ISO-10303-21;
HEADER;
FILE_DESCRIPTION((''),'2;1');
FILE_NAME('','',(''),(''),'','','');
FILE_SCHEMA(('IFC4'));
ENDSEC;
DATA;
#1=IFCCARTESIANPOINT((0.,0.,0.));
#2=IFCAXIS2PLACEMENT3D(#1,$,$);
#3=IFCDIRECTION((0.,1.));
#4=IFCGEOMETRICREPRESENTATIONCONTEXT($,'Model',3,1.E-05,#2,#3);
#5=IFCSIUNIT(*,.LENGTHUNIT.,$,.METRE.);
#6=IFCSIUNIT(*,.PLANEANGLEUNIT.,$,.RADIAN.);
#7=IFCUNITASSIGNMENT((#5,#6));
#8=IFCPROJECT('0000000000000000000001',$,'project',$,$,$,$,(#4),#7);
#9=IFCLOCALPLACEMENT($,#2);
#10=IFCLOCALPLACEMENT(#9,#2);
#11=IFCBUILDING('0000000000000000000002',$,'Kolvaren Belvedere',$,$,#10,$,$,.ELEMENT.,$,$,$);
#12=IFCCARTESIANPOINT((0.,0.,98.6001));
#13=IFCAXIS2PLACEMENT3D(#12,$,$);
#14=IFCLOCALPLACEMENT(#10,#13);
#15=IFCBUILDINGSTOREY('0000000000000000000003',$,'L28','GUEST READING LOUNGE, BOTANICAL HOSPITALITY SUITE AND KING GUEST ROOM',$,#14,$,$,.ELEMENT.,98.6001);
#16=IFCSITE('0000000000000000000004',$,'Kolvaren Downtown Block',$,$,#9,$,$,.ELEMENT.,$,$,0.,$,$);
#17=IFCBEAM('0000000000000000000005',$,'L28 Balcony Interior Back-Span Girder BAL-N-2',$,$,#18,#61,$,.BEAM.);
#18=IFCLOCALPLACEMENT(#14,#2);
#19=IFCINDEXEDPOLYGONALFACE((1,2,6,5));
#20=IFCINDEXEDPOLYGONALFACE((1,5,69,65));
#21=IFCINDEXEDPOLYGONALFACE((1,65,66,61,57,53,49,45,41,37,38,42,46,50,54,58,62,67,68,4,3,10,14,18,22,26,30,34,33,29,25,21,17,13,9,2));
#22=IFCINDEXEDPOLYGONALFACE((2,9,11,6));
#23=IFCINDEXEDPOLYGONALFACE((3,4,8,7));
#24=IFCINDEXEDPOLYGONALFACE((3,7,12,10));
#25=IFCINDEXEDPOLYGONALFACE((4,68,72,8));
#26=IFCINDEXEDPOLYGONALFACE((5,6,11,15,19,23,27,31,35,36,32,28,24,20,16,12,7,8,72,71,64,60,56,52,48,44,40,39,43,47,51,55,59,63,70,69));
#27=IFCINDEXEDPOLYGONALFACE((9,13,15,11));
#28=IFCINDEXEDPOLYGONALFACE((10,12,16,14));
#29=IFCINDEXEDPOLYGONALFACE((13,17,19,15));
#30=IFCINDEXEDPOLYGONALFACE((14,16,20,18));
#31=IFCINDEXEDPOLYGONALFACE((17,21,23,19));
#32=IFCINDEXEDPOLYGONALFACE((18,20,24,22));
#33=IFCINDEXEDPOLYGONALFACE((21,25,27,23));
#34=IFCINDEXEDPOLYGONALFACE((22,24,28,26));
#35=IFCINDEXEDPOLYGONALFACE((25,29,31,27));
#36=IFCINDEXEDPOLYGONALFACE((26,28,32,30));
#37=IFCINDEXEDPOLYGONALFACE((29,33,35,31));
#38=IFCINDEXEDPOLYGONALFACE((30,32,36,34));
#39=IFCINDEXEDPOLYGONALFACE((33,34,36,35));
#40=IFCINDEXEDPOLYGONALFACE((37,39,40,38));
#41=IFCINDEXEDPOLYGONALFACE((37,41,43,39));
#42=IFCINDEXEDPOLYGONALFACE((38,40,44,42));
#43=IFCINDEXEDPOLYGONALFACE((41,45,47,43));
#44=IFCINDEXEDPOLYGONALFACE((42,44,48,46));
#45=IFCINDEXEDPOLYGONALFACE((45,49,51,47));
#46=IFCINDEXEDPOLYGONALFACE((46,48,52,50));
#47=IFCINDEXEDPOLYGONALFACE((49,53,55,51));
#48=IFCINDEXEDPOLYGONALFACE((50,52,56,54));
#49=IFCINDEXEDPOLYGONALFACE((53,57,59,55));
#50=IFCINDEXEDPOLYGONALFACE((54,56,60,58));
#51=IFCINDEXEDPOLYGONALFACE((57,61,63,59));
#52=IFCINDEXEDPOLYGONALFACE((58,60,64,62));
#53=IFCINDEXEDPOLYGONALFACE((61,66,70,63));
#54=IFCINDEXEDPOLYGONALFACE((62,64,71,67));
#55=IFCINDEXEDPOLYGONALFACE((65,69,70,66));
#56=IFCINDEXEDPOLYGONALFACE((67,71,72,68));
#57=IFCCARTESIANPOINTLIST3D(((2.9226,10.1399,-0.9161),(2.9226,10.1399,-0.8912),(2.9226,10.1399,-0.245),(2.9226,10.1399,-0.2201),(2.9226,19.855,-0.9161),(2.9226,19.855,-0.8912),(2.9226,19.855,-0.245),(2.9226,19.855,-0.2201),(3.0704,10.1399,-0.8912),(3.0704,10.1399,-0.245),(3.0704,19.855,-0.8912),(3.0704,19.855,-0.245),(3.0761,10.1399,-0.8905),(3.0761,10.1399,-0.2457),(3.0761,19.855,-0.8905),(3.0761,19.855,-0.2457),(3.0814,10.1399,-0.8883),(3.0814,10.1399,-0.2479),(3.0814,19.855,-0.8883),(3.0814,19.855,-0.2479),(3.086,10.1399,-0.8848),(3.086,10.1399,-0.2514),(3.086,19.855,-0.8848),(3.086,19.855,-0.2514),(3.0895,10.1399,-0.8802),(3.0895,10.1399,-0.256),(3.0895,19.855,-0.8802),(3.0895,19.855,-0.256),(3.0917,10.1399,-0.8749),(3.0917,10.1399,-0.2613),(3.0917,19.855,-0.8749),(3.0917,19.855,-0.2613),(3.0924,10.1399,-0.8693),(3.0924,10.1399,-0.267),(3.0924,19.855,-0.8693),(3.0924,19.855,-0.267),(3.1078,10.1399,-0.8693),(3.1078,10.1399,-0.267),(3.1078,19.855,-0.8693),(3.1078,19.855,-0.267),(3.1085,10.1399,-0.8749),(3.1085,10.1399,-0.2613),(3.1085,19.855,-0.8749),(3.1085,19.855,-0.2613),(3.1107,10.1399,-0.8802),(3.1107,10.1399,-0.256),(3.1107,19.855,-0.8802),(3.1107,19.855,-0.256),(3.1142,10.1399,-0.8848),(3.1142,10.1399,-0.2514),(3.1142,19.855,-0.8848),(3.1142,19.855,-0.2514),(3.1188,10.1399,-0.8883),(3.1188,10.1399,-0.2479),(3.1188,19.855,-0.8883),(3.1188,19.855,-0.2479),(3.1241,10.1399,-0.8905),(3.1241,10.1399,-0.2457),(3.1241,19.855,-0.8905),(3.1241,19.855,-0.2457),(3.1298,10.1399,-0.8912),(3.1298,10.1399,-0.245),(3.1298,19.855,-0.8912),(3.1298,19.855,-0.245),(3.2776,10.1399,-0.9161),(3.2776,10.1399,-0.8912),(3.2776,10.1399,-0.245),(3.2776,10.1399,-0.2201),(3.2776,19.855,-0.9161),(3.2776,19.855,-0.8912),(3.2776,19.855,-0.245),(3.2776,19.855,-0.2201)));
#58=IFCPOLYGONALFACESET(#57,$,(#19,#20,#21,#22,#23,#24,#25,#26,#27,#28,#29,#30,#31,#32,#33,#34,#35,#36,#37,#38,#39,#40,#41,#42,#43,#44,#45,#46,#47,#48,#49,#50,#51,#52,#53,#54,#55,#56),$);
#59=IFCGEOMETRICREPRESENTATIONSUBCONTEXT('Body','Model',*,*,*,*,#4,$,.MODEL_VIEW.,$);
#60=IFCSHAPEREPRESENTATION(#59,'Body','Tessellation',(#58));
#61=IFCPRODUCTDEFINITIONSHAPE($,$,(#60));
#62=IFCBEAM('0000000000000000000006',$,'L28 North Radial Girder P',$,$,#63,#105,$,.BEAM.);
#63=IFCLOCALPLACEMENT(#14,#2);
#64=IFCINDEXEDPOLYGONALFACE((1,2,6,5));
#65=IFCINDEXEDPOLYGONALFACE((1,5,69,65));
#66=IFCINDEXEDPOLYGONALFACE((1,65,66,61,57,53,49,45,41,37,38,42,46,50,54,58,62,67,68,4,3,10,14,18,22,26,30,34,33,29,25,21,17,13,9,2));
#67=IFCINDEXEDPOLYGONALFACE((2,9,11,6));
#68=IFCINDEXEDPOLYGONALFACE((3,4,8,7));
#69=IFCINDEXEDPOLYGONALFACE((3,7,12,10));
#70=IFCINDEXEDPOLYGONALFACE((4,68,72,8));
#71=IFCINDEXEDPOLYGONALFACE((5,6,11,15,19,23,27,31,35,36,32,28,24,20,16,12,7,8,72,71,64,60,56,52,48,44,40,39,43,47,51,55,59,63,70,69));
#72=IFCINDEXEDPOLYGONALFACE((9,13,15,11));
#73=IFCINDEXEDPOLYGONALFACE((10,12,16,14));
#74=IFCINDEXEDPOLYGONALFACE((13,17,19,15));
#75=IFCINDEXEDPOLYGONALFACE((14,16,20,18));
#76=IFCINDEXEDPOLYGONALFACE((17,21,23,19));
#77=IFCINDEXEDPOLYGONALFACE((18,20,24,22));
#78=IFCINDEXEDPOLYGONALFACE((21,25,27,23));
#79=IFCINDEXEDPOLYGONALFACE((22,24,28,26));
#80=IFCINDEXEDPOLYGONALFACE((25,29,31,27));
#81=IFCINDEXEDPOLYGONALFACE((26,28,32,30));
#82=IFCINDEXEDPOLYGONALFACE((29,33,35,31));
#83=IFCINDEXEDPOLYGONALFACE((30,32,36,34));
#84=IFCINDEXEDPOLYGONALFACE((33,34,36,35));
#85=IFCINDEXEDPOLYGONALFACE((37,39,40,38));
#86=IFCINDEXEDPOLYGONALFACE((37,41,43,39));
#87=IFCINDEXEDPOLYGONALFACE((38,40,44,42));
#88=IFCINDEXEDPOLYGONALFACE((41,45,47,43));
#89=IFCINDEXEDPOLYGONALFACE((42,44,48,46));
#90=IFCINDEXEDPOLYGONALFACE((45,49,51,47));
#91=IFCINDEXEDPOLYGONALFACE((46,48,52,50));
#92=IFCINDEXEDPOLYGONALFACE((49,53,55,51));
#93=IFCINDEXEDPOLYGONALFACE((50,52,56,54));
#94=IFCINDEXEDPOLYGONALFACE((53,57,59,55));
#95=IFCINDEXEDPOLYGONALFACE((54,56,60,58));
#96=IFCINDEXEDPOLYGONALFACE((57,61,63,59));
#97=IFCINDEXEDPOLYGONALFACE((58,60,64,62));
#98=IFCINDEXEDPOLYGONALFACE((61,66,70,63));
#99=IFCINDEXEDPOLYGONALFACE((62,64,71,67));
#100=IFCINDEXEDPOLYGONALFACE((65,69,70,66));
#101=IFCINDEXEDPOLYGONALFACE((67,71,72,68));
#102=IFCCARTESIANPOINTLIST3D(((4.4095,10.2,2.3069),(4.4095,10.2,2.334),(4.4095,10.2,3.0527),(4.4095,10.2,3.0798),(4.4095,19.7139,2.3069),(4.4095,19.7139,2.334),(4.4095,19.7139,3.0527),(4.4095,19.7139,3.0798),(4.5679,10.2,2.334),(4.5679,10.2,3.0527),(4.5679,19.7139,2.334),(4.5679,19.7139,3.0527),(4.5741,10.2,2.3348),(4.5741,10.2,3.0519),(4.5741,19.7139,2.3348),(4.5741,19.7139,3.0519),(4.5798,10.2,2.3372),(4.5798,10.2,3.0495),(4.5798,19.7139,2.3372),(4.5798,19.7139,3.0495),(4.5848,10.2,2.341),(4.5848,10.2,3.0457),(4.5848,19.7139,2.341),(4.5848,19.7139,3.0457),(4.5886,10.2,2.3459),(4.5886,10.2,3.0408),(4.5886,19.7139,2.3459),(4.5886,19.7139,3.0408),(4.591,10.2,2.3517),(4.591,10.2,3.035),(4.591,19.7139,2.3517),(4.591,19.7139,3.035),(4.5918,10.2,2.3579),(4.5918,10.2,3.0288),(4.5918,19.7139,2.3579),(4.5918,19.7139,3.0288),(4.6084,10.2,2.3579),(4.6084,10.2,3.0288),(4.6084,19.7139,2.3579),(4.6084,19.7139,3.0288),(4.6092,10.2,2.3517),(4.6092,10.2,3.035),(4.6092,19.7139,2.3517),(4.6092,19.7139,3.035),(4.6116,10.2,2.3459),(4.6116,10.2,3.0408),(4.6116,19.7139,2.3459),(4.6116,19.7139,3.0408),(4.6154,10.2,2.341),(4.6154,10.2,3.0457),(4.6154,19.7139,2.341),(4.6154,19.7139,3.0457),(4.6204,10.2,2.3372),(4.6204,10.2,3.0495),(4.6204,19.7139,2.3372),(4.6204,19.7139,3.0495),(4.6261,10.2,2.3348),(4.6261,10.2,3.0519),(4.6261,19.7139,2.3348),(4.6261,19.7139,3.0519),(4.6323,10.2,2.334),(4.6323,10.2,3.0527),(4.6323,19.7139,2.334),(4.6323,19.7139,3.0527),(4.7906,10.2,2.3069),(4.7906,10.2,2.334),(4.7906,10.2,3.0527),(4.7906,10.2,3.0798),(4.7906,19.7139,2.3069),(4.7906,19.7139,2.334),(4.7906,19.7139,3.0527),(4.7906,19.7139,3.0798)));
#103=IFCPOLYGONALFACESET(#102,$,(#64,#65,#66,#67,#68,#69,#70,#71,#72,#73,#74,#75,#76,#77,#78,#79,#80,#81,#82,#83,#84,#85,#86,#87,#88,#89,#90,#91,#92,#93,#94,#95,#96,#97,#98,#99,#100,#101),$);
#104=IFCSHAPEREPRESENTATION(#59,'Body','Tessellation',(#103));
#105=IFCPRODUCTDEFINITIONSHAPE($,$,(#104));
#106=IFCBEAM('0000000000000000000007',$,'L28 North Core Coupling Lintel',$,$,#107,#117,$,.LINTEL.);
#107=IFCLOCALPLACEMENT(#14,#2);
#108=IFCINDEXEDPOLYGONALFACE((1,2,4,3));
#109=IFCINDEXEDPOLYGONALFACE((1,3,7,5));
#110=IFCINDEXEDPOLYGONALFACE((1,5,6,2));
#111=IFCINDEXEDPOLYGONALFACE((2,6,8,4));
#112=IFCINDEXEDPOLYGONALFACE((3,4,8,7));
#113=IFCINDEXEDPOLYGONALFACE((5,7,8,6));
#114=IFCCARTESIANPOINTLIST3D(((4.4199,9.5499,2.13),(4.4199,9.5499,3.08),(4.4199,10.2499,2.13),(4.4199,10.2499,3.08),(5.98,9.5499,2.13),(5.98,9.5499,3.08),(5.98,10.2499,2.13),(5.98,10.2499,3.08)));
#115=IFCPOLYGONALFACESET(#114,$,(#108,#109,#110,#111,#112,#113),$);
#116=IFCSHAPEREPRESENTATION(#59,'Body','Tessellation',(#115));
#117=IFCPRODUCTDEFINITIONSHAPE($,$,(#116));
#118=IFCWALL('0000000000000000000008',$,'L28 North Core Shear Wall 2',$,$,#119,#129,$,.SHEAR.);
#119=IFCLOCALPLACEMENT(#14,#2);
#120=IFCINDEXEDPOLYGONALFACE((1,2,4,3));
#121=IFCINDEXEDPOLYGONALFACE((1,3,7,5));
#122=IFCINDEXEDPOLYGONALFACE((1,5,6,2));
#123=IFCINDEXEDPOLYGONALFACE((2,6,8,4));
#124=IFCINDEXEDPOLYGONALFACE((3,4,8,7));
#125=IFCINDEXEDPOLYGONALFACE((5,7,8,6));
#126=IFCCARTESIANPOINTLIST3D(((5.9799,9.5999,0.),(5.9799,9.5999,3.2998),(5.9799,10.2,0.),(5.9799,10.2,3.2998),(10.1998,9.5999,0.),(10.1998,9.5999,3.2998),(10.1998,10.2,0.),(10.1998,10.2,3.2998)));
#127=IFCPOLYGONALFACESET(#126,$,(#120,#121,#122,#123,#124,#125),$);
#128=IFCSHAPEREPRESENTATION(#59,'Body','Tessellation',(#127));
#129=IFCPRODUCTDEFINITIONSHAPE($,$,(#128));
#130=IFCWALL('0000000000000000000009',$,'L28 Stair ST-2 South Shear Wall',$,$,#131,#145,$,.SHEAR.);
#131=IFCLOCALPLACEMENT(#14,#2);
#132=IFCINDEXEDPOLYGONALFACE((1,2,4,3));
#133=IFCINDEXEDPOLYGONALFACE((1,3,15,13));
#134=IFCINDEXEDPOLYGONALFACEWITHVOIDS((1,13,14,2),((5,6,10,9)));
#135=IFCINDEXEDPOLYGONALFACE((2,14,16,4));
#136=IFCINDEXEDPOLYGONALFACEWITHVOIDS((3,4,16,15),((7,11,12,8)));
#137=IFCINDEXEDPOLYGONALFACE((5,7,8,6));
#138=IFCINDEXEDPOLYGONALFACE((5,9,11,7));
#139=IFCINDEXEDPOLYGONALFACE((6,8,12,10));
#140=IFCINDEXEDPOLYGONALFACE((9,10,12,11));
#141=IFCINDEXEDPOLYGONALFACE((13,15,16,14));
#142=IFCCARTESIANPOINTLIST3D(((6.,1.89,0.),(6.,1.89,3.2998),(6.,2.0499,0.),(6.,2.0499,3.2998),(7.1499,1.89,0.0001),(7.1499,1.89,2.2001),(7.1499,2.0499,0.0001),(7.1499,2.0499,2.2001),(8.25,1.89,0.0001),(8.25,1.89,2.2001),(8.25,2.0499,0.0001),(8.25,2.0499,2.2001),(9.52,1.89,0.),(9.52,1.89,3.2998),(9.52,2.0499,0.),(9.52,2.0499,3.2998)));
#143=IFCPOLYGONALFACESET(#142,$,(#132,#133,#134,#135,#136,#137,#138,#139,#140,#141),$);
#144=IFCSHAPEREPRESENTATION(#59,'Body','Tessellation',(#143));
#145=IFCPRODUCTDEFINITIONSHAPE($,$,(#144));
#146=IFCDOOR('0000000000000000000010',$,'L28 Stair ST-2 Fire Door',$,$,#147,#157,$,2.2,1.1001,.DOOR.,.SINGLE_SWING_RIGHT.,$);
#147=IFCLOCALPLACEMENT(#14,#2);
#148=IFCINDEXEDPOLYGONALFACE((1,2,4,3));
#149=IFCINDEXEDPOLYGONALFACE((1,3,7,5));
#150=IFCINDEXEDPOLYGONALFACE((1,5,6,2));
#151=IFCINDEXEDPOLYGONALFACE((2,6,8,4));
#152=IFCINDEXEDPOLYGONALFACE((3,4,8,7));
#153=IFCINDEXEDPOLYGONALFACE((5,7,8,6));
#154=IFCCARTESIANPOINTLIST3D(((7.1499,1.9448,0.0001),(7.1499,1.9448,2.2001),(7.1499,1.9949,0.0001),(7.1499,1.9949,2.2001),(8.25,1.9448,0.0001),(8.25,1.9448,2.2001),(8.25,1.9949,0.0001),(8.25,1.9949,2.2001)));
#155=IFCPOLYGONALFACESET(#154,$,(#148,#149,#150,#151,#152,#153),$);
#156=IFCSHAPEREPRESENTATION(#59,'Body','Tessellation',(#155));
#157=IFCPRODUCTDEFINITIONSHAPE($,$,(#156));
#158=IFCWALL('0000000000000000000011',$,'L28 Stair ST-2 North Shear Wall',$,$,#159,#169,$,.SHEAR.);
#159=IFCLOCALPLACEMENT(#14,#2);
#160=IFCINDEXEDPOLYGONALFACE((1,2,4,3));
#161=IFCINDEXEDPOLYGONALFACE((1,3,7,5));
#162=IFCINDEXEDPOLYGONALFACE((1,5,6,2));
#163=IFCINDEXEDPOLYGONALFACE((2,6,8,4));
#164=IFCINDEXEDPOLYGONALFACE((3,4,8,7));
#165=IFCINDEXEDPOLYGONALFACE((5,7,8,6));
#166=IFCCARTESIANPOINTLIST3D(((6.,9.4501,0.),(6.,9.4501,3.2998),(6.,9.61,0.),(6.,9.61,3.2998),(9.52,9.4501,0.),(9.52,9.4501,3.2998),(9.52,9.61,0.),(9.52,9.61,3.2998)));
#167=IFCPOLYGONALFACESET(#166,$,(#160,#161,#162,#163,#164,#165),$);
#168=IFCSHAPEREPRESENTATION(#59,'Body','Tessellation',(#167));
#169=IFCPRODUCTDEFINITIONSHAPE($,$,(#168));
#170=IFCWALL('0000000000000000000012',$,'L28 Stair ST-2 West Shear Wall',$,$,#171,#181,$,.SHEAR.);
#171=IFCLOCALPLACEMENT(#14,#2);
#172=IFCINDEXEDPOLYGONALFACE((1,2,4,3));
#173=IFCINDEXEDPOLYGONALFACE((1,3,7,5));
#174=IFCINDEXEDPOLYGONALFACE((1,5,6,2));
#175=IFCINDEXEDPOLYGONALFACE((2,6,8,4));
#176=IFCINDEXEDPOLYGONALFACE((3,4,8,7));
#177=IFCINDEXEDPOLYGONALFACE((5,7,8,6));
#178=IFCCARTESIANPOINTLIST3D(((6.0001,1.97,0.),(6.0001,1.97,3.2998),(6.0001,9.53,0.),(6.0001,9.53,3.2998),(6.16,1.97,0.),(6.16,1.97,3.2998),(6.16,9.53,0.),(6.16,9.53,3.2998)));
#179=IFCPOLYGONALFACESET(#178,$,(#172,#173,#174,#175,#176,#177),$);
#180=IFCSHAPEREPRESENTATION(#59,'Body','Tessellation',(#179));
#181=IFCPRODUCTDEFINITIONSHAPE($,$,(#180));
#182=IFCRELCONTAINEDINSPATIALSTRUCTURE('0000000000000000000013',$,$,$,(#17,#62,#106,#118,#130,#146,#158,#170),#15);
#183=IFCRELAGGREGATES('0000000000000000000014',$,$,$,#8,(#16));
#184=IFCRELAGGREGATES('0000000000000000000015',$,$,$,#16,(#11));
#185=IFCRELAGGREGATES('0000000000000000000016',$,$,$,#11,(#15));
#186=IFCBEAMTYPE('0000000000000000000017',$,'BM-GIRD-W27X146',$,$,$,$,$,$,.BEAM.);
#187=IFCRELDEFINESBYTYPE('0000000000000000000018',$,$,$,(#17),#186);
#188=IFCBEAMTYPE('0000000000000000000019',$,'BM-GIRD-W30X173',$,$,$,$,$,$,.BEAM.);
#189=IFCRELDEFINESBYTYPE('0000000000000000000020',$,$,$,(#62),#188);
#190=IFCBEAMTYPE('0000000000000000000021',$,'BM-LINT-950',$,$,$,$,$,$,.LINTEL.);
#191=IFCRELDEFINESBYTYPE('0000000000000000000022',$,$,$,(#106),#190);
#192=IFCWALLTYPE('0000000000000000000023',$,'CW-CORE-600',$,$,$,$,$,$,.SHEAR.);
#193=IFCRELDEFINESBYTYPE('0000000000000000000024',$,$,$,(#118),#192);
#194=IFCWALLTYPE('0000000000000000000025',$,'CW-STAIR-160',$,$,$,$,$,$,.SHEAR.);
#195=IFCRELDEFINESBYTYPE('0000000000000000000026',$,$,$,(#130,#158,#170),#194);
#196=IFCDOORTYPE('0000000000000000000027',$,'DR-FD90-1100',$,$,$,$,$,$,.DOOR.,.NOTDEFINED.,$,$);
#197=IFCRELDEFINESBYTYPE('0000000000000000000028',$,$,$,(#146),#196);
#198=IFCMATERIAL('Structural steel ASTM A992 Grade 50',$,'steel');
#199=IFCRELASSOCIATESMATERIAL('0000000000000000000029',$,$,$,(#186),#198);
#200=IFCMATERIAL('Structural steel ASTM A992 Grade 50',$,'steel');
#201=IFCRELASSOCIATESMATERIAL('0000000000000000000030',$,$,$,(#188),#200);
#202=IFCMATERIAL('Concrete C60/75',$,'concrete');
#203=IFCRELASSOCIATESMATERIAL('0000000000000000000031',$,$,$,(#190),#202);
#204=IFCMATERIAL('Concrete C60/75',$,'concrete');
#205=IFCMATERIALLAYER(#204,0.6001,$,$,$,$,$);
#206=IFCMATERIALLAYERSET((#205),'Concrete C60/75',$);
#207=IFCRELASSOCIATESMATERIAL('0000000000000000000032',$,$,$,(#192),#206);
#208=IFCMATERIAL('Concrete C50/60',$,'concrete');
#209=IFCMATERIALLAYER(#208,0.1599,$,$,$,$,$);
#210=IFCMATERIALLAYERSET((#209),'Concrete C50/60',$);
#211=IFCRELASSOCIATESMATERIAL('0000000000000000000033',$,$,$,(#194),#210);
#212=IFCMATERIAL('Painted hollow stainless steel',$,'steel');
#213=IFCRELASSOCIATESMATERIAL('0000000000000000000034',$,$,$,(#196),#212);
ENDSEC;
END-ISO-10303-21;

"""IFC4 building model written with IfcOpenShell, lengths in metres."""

from ifc_helpers import new_model, si_unit, direction, frame, frame_2d, origin, origin_2d, place, context, subcontext, project, spatial, rectangle, i_section, extrude, material, layer, layer_set, material_profile, profile_set, type_object, element, fill, save


model = new_model("IFC4")

# Units and contexts
model_context = context("Model", 3, precision=1e-05, world=origin(), true_north=direction((0.0, 1.0)))
body_context = subcontext(model_context, "Body", "Model", "MODEL_VIEW")
ifc_project = project(units=[si_unit("LENGTHUNIT", "METRE"), si_unit("PLANEANGLEUNIT", "RADIAN")], contexts=[model_context])

# Site, building, storey
site_placement = place(None, origin())
site = spatial("IfcSite", under=ifc_project, at=site_placement, Name="Kolvaren Downtown Block", CompositionType="ELEMENT", RefElevation=0.0)
building_placement = place(site_placement, origin())
building = spatial("IfcBuilding", under=site, at=building_placement, Name="Kolvaren Belvedere", CompositionType="ELEMENT")
storey_placement = place(building_placement, frame((0.0, 0.0, 98.6001)))
storey = spatial("IfcBuildingStorey", under=building, at=storey_placement, Name="L28", Description="GUEST READING LOUNGE, BOTANICAL HOSPITALITY SUITE AND KING GUEST ROOM", CompositionType="ELEMENT", Elevation=98.6001)

# Beams
ifc_material_1 = material(Name="Structural steel ASTM A992 Grade 50", Category="steel")
ifc_material_profile_1 = material_profile(ifc_material_1, i_section(OverallWidth=0.355, OverallDepth=0.696, WebThickness=0.0154, FlangeThickness=0.0249, FilletRadius=0.022, at=origin_2d()), Name="W27X146")
ifc_profile_set_1 = profile_set([ifc_material_profile_1], Name="Structural steel ASTM A992 Grade 50")
beam_type_1 = type_object("IfcBeamType", Name="BM-GIRD-W27X146", PredefinedType="BEAM", material=ifc_profile_set_1)
beam_1_placement = place(storey_placement, frame((3.1001, 10.1399, -0.5681), z_axis=(0.0, 1.0, 0.0), x_axis=(-1.0, 0.0, 0.0)))
element("IfcBeam", 1, at=beam_1_placement, inside=storey, type_object=beam_type_1, Name="L28 Balcony Interior Back-Span Girder BAL-N-2", PredefinedType="BEAM", context=body_context, shape_type="SweptSolid", body=[
    extrude(i_section(OverallWidth=0.355, OverallDepth=0.696, WebThickness=0.0154, FlangeThickness=0.0249, FilletRadius=0.022, at=origin_2d()), origin(), (0.0, 0.0, 1.0), 9.7151),
])
ifc_material_2 = material(Name="Structural steel ASTM A992 Grade 50", Category="steel")
ifc_material_profile_2 = material_profile(ifc_material_2, i_section(OverallWidth=0.3811, OverallDepth=0.7729, WebThickness=0.0166, FlangeThickness=0.0271, FilletRadius=0.0239, at=origin_2d()), Name="W30X173")
ifc_profile_set_2 = profile_set([ifc_material_profile_2], Name="Structural steel ASTM A992 Grade 50")
beam_type_2 = type_object("IfcBeamType", Name="BM-GIRD-W30X173", PredefinedType="BEAM", material=ifc_profile_set_2)
beam_2_placement = place(storey_placement, frame((4.6001, 10.2, 2.6934), z_axis=(0.0, 1.0, 0.0), x_axis=(-1.0, 0.0, 0.0)))
element("IfcBeam", 2, at=beam_2_placement, inside=storey, type_object=beam_type_2, Name="L28 North Radial Girder P", PredefinedType="BEAM", context=body_context, shape_type="SweptSolid", body=[
    extrude(i_section(OverallWidth=0.3811, OverallDepth=0.7729, WebThickness=0.0166, FlangeThickness=0.0271, FilletRadius=0.0239, at=origin_2d()), origin(), (0.0, 0.0, 1.0), 9.5139),
])
ifc_material_3 = material(Name="Concrete C60/75", Category="concrete")
ifc_material_profile_3 = material_profile(ifc_material_3, rectangle(XDim=0.7, YDim=0.95, at=origin_2d()), Name="RC 700X950")
ifc_profile_set_3 = profile_set([ifc_material_profile_3], Name="Concrete C60/75")
beam_type_3 = type_object("IfcBeamType", Name="BM-LINT-950", PredefinedType="LINTEL", material=ifc_profile_set_3)
beam_3_placement = place(storey_placement, frame((4.4199, 9.8999, 2.605), z_axis=(1.0, 0.0, 0.0), x_axis=(0.0, 1.0, 0.0)))
element("IfcBeam", 3, at=beam_3_placement, inside=storey, type_object=beam_type_3, Name="L28 North Core Coupling Lintel", PredefinedType="LINTEL", context=body_context, shape_type="SweptSolid", body=[
    extrude(rectangle(XDim=0.7, YDim=0.95, at=origin_2d()), origin(), (0.0, 0.0, 1.0), 1.5601),
])

# Wall
ifc_material_4 = material(Name="Concrete C60/75", Category="concrete")
ifc_layer_1 = layer(ifc_material_4, 0.6001)
ifc_layer_set_1 = layer_set([ifc_layer_1], Name="Concrete C60/75")
wall_type_1 = type_object("IfcWallType", Name="CW-CORE-600", PredefinedType="SHEAR", material=ifc_layer_set_1)
wall_1_placement = place(storey_placement, frame((5.98, 9.8999, 0.0), z_axis=(0.0, 0.0, 1.0), x_axis=(1.0, 0.0, 0.0)))
element("IfcWall", 4, at=wall_1_placement, inside=storey, type_object=wall_type_1, Name="L28 North Core Shear Wall 2", PredefinedType="SHEAR", context=body_context, shape_type="SweptSolid", body=[
    extrude(rectangle(XDim=4.22, YDim=0.6001, at=frame_2d((2.1099, 0.0))), origin(), (0.0, 0.0, 1.0), 3.2998),
])

# Wall, opening, door
ifc_material_5 = material(Name="Concrete C50/60", Category="concrete")
ifc_layer_2 = layer(ifc_material_5, 0.1599)
ifc_layer_set_2 = layer_set([ifc_layer_2], Name="Concrete C50/60")
wall_type_2 = type_object("IfcWallType", Name="CW-STAIR-160", PredefinedType="SHEAR", material=ifc_layer_set_2)
wall_2_placement = place(storey_placement, frame((6.0, 1.97, 0.0), z_axis=(0.0, 0.0, 1.0), x_axis=(1.0, 0.0, 0.0)))
wall_2 = element("IfcWall", 5, at=wall_2_placement, inside=storey, type_object=wall_type_2, Name="L28 Stair ST-2 South Shear Wall", PredefinedType="SHEAR", context=body_context, shape_type="SweptSolid", body=[
    extrude(rectangle(XDim=3.52, YDim=0.1599, at=frame_2d((1.76, 0.0))), origin(), (0.0, 0.0, 1.0), 3.2998),
])
opening_1_placement = place(wall_2_placement, frame((1.1499, 0.0, 0.0)))
opening_1 = element("IfcOpeningElement", 6, at=opening_1_placement, cuts=wall_2, PredefinedType="OPENING", context=body_context, shape_type="SweptSolid", body=[
    extrude(rectangle(XDim=1.1001, YDim=2.2, at=frame_2d((0.55, 1.1001))), frame((0.0, 0.0898, 0.0), z_axis=(0.0, -1.0, 0.0), x_axis=(1.0, 0.0, 0.0)), (0.0, 0.0, 1.0), 0.1799),
])
ifc_material_6 = material(Name="Painted hollow stainless steel", Category="steel")
door_type_1 = type_object("IfcDoorType", Name="DR-FD90-1100", OperationType="NOTDEFINED", PredefinedType="DOOR", material=ifc_material_6)
door_1_placement = place(opening_1_placement, origin())
door_1 = element("IfcDoor", 7, at=door_1_placement, inside=storey, type_object=door_type_1, Name="L28 Stair ST-2 Fire Door", OperationType="SINGLE_SWING_RIGHT", OverallHeight=2.2, OverallWidth=1.1001, PredefinedType="DOOR", context=body_context, shape_type="SweptSolid", body=[
    extrude(rectangle(XDim=1.1001, YDim=2.2, at=frame_2d((0.55, 1.1001))), frame((0.0, 0.0249, 0.0), z_axis=(0.0, -1.0, 0.0), x_axis=(1.0, 0.0, 0.0)), (0.0, 0.0, 1.0), 0.05),
])
fill(opening_1, door_1)

# Walls
wall_3_placement = place(storey_placement, frame((6.0, 9.53, 0.0), z_axis=(0.0, 0.0, 1.0), x_axis=(1.0, 0.0, 0.0)))
element("IfcWall", 8, at=wall_3_placement, inside=storey, type_object=wall_type_2, Name="L28 Stair ST-2 North Shear Wall", PredefinedType="SHEAR", context=body_context, shape_type="SweptSolid", body=[
    extrude(rectangle(XDim=3.52, YDim=0.1599, at=frame_2d((1.76, 0.0))), origin(), (0.0, 0.0, 1.0), 3.2998),
])
for number, where, z_axis, x_axis, name in (
    (9, (6.0801, 1.97, 0.0), (0.0, 0.0, 1.0), (0.0, 1.0, 0.0), "L28 Stair ST-2 West Shear Wall"),
):
    element("IfcWall", number, at=place(storey_placement, frame(where, z_axis=z_axis, x_axis=x_axis)), inside=storey, type_object=wall_type_2, Name=name, PredefinedType="SHEAR", context=body_context, shape_type="SweptSolid", body=[
        extrude(rectangle(XDim=7.5601, YDim=0.1599, at=frame_2d((3.78, 0.0))), origin(), (0.0, 0.0, 1.0), 3.2998),
    ])

save(model, "model.ifc")
